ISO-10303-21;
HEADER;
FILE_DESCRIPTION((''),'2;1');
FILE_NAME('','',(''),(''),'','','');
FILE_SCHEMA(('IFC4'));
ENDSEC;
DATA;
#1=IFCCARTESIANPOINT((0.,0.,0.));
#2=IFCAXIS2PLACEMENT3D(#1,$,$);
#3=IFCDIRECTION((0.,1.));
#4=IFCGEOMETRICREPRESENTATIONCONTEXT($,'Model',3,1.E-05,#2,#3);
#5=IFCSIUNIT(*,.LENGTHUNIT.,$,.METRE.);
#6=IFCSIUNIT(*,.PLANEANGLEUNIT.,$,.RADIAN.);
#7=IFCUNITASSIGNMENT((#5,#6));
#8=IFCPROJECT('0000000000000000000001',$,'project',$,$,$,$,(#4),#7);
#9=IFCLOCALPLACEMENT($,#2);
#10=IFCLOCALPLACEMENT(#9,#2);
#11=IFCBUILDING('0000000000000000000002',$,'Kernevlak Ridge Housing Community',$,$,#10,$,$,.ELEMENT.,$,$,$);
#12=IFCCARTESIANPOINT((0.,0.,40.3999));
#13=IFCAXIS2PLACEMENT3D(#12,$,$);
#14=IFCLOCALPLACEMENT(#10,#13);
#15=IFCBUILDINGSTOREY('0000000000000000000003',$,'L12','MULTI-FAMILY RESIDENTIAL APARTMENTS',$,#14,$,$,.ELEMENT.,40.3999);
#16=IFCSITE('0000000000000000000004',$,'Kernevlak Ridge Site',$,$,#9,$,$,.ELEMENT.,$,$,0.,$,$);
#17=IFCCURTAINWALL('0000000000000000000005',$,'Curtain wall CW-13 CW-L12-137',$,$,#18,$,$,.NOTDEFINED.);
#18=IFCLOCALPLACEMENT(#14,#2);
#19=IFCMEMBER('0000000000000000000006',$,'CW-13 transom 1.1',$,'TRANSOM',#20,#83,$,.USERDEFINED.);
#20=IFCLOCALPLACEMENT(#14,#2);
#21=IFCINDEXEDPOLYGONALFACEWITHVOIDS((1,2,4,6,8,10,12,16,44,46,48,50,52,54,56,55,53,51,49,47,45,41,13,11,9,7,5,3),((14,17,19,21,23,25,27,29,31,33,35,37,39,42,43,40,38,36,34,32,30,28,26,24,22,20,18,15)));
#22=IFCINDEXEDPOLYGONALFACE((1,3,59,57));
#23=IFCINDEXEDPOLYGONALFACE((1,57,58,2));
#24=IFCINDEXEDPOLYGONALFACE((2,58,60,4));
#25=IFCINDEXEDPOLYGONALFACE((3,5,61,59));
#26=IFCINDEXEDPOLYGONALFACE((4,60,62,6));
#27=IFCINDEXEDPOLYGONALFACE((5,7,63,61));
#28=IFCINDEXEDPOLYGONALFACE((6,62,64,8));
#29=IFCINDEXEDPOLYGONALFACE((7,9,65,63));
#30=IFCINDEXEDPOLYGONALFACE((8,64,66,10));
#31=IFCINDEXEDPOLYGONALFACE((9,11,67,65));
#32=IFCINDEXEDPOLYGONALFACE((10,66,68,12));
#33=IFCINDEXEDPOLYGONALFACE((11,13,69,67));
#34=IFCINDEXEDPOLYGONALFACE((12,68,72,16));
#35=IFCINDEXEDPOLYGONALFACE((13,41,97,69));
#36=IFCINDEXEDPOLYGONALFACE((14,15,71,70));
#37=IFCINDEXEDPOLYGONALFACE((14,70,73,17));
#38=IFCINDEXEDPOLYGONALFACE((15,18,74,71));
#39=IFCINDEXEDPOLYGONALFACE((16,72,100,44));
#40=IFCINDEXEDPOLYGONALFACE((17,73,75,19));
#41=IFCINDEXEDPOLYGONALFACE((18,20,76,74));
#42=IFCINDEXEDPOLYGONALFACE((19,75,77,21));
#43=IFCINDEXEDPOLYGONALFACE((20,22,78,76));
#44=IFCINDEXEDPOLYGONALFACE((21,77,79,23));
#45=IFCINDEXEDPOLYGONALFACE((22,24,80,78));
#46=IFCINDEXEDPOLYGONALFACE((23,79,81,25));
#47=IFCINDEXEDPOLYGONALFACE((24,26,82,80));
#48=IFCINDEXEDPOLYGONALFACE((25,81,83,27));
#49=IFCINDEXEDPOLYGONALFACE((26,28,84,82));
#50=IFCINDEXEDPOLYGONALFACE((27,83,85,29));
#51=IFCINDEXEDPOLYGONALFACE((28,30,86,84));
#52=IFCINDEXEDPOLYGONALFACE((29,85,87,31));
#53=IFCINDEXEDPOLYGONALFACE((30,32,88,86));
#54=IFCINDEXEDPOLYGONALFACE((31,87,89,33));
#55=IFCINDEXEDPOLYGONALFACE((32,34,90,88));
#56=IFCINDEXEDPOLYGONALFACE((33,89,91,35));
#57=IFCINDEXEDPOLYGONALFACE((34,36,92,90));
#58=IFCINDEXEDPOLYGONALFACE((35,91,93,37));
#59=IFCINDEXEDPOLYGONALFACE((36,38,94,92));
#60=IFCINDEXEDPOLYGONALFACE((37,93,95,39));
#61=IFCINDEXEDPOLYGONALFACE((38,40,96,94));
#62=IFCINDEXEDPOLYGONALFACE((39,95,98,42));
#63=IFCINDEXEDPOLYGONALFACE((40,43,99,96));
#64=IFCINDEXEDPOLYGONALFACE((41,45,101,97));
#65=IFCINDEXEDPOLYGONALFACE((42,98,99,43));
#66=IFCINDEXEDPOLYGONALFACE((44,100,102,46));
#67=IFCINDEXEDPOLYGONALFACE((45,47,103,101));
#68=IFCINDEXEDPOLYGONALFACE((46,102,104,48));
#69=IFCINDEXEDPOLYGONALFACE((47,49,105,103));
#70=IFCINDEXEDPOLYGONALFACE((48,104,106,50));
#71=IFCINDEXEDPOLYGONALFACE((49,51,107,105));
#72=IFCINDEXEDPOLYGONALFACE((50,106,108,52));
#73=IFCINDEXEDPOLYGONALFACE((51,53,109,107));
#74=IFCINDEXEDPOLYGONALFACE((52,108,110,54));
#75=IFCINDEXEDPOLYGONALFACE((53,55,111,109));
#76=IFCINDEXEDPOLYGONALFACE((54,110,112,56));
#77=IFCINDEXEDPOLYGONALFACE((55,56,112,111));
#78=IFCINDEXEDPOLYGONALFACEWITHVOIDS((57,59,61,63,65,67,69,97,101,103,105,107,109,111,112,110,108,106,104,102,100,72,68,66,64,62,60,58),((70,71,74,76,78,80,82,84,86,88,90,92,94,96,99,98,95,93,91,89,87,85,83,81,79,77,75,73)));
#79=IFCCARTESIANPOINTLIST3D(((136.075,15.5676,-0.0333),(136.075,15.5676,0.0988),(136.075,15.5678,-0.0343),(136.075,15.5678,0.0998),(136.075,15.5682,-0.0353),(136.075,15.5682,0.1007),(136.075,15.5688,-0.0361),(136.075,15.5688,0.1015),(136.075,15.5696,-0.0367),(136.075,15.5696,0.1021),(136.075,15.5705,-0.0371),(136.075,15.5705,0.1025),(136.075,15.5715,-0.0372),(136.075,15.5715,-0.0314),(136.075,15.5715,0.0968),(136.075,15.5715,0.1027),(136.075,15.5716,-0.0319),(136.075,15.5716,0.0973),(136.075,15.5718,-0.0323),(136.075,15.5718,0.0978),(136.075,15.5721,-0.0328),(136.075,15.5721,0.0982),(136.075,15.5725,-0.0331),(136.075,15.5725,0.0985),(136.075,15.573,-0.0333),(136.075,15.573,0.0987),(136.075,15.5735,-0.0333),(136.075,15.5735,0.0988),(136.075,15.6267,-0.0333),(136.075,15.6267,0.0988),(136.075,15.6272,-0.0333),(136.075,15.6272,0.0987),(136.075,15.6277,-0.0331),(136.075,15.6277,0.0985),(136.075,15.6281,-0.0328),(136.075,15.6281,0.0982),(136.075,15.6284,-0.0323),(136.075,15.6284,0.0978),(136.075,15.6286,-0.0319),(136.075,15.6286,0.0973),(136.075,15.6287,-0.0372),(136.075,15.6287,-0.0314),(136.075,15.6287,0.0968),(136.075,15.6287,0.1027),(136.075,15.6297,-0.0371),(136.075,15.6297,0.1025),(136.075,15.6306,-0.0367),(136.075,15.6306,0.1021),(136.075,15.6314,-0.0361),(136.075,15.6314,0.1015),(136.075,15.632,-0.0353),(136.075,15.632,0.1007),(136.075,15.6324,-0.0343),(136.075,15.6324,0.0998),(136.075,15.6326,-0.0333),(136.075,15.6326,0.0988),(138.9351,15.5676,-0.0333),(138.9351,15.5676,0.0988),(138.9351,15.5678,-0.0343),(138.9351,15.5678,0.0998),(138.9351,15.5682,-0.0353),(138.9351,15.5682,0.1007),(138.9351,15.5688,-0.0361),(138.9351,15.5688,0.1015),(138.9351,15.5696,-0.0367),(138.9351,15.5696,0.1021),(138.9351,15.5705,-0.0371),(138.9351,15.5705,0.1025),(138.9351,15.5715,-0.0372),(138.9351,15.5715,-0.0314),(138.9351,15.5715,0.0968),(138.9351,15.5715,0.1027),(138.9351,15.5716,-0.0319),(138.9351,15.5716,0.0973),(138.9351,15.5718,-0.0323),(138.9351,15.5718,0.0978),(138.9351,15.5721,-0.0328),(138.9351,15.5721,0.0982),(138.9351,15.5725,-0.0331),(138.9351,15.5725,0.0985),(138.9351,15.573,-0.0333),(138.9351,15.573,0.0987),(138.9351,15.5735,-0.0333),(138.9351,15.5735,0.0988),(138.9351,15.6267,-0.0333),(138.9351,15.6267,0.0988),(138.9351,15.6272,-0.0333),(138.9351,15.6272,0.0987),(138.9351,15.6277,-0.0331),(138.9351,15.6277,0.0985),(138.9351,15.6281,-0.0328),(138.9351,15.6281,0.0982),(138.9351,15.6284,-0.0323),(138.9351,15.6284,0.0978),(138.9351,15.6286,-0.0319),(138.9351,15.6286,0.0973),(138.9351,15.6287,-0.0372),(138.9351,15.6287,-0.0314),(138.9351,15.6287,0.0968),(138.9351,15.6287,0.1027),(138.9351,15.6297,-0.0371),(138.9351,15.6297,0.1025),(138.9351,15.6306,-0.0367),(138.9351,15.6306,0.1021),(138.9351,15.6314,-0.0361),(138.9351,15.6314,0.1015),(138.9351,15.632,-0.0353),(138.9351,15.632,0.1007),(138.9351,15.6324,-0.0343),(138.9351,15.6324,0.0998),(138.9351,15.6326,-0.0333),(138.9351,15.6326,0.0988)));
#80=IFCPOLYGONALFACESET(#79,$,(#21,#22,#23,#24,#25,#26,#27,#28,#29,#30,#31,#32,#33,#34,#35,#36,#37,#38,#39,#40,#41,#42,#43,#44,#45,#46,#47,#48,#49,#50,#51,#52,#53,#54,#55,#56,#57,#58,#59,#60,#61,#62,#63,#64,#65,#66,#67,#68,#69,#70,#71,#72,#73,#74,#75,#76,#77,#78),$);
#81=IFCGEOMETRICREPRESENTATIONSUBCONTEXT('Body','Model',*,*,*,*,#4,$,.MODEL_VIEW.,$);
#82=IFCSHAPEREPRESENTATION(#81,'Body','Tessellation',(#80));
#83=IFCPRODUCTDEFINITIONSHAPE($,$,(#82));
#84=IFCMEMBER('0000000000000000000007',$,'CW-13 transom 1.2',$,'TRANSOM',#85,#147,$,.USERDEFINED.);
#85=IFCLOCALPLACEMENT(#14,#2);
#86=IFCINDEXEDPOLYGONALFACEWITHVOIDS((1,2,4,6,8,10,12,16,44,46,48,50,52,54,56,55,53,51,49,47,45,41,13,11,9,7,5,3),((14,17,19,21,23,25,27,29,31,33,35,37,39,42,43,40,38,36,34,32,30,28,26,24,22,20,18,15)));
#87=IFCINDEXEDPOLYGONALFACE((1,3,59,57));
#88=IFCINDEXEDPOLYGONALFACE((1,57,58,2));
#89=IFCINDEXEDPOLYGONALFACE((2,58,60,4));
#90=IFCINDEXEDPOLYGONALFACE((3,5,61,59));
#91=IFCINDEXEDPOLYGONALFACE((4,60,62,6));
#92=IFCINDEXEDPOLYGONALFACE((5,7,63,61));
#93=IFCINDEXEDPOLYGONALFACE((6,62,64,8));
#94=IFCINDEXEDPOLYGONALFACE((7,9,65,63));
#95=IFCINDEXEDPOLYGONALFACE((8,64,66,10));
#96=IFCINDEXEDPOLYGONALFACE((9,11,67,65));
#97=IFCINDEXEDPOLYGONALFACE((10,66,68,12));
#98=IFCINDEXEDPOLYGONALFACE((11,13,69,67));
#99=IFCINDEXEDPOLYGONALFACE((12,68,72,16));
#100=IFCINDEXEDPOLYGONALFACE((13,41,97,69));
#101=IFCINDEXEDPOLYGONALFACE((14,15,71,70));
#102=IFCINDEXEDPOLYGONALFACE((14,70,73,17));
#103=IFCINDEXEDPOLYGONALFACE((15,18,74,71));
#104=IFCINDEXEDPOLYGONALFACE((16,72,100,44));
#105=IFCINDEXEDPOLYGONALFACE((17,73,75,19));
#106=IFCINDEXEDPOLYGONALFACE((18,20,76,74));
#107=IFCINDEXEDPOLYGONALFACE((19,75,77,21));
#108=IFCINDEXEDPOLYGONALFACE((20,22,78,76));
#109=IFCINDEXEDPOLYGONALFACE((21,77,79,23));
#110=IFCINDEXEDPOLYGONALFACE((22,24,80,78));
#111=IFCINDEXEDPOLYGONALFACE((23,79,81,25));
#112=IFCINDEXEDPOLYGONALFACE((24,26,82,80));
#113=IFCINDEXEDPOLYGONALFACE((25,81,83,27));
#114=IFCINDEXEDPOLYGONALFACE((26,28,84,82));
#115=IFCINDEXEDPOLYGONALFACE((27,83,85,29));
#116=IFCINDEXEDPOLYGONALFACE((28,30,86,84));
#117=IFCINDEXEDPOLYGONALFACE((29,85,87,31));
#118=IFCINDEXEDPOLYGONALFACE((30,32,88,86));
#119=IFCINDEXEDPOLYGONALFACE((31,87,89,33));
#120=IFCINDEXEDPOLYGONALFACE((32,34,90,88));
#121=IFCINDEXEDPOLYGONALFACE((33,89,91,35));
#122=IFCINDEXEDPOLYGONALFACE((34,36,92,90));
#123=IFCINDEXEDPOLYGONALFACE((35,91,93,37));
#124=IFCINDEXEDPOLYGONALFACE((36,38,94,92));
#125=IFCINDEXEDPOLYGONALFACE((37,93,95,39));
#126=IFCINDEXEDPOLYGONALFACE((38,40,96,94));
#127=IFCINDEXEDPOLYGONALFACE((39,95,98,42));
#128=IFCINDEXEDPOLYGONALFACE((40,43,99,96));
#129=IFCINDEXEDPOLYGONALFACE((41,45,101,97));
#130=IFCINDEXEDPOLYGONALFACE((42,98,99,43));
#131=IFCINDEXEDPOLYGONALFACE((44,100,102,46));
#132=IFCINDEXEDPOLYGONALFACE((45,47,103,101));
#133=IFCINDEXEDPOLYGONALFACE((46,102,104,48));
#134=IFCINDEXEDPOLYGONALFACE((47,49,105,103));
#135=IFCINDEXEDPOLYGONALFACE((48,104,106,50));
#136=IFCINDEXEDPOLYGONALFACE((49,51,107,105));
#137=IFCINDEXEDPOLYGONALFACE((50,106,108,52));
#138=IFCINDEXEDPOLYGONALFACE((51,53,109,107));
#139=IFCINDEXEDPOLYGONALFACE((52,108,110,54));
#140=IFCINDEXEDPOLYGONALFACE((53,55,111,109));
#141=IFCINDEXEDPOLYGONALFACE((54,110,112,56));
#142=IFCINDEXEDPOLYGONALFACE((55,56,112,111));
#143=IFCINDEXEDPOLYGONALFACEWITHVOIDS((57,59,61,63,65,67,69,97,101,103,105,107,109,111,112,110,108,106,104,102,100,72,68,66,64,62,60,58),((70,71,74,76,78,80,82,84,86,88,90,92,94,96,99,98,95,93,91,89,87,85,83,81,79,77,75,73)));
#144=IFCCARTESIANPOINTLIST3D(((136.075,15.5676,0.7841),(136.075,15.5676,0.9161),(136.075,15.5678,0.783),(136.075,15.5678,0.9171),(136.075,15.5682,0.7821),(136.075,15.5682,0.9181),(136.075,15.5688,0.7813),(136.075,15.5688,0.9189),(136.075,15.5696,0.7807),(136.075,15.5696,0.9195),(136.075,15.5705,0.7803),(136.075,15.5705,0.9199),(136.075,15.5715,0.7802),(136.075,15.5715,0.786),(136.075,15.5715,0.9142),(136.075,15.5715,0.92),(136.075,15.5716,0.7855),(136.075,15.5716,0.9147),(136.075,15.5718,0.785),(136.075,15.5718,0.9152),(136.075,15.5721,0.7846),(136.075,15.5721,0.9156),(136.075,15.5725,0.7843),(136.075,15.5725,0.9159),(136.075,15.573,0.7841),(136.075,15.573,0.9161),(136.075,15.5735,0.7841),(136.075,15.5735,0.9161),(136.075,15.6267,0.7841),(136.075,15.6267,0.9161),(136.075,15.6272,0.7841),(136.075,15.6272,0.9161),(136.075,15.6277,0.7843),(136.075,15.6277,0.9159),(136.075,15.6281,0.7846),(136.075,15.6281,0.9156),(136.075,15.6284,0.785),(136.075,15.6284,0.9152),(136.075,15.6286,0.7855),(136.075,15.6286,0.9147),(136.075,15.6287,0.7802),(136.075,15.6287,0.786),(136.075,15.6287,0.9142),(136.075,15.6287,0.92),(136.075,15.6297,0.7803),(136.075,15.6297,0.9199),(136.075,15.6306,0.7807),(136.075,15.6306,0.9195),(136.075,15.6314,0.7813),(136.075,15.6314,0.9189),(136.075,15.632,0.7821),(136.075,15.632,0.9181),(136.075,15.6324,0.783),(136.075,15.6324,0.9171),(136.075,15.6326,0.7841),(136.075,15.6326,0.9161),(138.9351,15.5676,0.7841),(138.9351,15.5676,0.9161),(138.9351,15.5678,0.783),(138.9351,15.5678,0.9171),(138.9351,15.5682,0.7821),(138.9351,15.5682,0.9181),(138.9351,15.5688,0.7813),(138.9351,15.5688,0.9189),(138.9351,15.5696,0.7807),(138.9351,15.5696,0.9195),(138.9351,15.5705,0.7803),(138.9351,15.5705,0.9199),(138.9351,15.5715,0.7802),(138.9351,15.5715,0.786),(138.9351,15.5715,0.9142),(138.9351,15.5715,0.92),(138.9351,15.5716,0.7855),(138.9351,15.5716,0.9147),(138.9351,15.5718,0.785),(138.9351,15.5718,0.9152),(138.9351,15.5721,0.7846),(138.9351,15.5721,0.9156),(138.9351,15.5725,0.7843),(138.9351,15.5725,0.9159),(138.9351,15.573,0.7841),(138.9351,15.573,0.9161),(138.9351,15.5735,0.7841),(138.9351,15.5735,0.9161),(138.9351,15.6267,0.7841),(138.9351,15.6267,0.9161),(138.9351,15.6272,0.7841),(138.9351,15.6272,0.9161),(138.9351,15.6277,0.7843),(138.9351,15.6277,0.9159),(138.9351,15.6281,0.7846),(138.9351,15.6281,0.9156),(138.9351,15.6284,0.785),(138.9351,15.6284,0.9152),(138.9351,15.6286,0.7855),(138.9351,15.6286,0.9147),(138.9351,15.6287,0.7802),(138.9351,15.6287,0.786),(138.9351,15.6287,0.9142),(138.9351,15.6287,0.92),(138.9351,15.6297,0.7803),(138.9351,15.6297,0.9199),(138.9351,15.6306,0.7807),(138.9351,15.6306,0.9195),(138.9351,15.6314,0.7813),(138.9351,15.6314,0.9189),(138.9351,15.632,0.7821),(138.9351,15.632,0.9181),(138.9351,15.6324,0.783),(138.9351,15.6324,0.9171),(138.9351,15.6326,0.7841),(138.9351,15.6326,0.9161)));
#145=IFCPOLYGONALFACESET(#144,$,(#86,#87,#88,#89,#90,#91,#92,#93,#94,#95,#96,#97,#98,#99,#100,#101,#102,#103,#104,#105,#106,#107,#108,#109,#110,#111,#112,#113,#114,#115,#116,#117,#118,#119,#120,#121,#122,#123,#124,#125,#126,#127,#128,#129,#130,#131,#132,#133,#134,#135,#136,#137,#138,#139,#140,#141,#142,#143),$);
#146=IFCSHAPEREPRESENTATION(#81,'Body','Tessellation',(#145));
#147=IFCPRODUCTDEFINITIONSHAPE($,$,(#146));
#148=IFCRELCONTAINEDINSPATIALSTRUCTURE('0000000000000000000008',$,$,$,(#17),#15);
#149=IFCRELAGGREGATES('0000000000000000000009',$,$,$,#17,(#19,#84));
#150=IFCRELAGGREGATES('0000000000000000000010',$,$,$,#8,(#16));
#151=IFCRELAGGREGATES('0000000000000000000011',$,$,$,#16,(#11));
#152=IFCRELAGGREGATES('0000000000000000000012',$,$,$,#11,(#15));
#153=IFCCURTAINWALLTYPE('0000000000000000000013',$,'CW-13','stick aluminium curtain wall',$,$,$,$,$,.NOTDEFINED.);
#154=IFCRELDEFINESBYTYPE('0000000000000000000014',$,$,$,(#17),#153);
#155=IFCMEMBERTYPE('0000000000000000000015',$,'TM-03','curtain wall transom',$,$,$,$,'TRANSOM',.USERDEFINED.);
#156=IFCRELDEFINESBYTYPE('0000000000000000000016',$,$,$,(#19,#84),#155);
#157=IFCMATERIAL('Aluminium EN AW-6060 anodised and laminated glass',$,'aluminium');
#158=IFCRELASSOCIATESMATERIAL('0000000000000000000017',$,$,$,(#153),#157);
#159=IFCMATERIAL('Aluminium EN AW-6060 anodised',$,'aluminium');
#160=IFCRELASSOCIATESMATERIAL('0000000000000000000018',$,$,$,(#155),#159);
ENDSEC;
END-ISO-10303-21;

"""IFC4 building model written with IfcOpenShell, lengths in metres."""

from ifc_helpers import new_model, si_unit, direction, frame, origin, origin_2d, place, context, subcontext, project, spatial, hollow_rectangle, extrude, material, material_profile, profile_set, type_object, element, aggregate, save


model = new_model("IFC4")

# Units and contexts
model_context = context("Model", 3, precision=1e-05, world=origin(), true_north=direction((0.0, 1.0)))
body_context = subcontext(model_context, "Body", "Model", "MODEL_VIEW")
ifc_project = project(units=[si_unit("LENGTHUNIT", "METRE"), si_unit("PLANEANGLEUNIT", "RADIAN")], contexts=[model_context])

# Site, building, storey
site_placement = place(None, origin())
site = spatial("IfcSite", under=ifc_project, at=site_placement, Name="Kernevlak Ridge Site", CompositionType="ELEMENT", RefElevation=0.0)
building_placement = place(site_placement, origin())
building = spatial("IfcBuilding", under=site, at=building_placement, Name="Kernevlak Ridge Housing Community", CompositionType="ELEMENT")
storey_placement = place(building_placement, frame((0.0, 0.0, 40.3999)))
storey = spatial("IfcBuildingStorey", under=building, at=storey_placement, Name="L12", Description="MULTI-FAMILY RESIDENTIAL APARTMENTS", CompositionType="ELEMENT", Elevation=40.3999)

# Curtain wall, members
ifc_material_1 = material(Name="Aluminium EN AW-6060 anodised and laminated glass", Category="aluminium")
curtain_wall_type = type_object("IfcCurtainWallType", Name="CW-13", Description="stick aluminium curtain wall", PredefinedType="NOTDEFINED", material=ifc_material_1)
curtain_wall_placement = place(storey_placement, origin())
curtain_wall = element("IfcCurtainWall", 1, at=curtain_wall_placement, inside=storey, type_object=curtain_wall_type, Name="Curtain wall CW-13 CW-L12-137", PredefinedType="NOTDEFINED")
ifc_material_2 = material(Name="Aluminium EN AW-6060 anodised", Category="aluminium")
ifc_material_profile_1 = material_profile(ifc_material_2, hollow_rectangle(XDim=0.0649, YDim=0.1399, WallThickness=0.0039, InnerFilletRadius=0.002, OuterFilletRadius=0.0039, at=origin_2d()), Name="ALU 65x140x4")
ifc_profile_set_1 = profile_set([ifc_material_profile_1], Name="Aluminium EN AW-6060 anodised")
member_type_1 = type_object("IfcMemberType", Name="TM-03", Description="curtain wall transom", ElementType="TRANSOM", PredefinedType="USERDEFINED", material=ifc_profile_set_1)
member_1_placement = place(storey_placement, frame((136.075, 15.6001, 0.0327), z_axis=(1.0, 0.0, 0.0), x_axis=(0.0, 1.0, 0.0)))
member_1 = element("IfcMember", 2, at=member_1_placement, type_object=member_type_1, Name="CW-13 transom 1.1", ObjectType="TRANSOM", PredefinedType="USERDEFINED", context=body_context, shape_type="SweptSolid", body=[
    extrude(hollow_rectangle(XDim=0.0649, YDim=0.1399, WallThickness=0.0039, InnerFilletRadius=0.002, OuterFilletRadius=0.0039, at=origin_2d()), origin(), (0.0, 0.0, 1.0), 2.8601),
])
member_2_placement = place(storey_placement, frame((136.075, 15.6001, 0.8501), z_axis=(1.0, 0.0, 0.0), x_axis=(0.0, 1.0, 0.0)))
member_2 = element("IfcMember", 3, at=member_2_placement, type_object=member_type_1, Name="CW-13 transom 1.2", ObjectType="TRANSOM", PredefinedType="USERDEFINED", context=body_context, shape_type="SweptSolid", body=[
    extrude(hollow_rectangle(XDim=0.0649, YDim=0.1399, WallThickness=0.0039, InnerFilletRadius=0.002, OuterFilletRadius=0.0039, at=origin_2d()), origin(), (0.0, 0.0, 1.0), 2.8601),
])
aggregate(curtain_wall, [member_1, member_2])

save(model, "model.ifc")
